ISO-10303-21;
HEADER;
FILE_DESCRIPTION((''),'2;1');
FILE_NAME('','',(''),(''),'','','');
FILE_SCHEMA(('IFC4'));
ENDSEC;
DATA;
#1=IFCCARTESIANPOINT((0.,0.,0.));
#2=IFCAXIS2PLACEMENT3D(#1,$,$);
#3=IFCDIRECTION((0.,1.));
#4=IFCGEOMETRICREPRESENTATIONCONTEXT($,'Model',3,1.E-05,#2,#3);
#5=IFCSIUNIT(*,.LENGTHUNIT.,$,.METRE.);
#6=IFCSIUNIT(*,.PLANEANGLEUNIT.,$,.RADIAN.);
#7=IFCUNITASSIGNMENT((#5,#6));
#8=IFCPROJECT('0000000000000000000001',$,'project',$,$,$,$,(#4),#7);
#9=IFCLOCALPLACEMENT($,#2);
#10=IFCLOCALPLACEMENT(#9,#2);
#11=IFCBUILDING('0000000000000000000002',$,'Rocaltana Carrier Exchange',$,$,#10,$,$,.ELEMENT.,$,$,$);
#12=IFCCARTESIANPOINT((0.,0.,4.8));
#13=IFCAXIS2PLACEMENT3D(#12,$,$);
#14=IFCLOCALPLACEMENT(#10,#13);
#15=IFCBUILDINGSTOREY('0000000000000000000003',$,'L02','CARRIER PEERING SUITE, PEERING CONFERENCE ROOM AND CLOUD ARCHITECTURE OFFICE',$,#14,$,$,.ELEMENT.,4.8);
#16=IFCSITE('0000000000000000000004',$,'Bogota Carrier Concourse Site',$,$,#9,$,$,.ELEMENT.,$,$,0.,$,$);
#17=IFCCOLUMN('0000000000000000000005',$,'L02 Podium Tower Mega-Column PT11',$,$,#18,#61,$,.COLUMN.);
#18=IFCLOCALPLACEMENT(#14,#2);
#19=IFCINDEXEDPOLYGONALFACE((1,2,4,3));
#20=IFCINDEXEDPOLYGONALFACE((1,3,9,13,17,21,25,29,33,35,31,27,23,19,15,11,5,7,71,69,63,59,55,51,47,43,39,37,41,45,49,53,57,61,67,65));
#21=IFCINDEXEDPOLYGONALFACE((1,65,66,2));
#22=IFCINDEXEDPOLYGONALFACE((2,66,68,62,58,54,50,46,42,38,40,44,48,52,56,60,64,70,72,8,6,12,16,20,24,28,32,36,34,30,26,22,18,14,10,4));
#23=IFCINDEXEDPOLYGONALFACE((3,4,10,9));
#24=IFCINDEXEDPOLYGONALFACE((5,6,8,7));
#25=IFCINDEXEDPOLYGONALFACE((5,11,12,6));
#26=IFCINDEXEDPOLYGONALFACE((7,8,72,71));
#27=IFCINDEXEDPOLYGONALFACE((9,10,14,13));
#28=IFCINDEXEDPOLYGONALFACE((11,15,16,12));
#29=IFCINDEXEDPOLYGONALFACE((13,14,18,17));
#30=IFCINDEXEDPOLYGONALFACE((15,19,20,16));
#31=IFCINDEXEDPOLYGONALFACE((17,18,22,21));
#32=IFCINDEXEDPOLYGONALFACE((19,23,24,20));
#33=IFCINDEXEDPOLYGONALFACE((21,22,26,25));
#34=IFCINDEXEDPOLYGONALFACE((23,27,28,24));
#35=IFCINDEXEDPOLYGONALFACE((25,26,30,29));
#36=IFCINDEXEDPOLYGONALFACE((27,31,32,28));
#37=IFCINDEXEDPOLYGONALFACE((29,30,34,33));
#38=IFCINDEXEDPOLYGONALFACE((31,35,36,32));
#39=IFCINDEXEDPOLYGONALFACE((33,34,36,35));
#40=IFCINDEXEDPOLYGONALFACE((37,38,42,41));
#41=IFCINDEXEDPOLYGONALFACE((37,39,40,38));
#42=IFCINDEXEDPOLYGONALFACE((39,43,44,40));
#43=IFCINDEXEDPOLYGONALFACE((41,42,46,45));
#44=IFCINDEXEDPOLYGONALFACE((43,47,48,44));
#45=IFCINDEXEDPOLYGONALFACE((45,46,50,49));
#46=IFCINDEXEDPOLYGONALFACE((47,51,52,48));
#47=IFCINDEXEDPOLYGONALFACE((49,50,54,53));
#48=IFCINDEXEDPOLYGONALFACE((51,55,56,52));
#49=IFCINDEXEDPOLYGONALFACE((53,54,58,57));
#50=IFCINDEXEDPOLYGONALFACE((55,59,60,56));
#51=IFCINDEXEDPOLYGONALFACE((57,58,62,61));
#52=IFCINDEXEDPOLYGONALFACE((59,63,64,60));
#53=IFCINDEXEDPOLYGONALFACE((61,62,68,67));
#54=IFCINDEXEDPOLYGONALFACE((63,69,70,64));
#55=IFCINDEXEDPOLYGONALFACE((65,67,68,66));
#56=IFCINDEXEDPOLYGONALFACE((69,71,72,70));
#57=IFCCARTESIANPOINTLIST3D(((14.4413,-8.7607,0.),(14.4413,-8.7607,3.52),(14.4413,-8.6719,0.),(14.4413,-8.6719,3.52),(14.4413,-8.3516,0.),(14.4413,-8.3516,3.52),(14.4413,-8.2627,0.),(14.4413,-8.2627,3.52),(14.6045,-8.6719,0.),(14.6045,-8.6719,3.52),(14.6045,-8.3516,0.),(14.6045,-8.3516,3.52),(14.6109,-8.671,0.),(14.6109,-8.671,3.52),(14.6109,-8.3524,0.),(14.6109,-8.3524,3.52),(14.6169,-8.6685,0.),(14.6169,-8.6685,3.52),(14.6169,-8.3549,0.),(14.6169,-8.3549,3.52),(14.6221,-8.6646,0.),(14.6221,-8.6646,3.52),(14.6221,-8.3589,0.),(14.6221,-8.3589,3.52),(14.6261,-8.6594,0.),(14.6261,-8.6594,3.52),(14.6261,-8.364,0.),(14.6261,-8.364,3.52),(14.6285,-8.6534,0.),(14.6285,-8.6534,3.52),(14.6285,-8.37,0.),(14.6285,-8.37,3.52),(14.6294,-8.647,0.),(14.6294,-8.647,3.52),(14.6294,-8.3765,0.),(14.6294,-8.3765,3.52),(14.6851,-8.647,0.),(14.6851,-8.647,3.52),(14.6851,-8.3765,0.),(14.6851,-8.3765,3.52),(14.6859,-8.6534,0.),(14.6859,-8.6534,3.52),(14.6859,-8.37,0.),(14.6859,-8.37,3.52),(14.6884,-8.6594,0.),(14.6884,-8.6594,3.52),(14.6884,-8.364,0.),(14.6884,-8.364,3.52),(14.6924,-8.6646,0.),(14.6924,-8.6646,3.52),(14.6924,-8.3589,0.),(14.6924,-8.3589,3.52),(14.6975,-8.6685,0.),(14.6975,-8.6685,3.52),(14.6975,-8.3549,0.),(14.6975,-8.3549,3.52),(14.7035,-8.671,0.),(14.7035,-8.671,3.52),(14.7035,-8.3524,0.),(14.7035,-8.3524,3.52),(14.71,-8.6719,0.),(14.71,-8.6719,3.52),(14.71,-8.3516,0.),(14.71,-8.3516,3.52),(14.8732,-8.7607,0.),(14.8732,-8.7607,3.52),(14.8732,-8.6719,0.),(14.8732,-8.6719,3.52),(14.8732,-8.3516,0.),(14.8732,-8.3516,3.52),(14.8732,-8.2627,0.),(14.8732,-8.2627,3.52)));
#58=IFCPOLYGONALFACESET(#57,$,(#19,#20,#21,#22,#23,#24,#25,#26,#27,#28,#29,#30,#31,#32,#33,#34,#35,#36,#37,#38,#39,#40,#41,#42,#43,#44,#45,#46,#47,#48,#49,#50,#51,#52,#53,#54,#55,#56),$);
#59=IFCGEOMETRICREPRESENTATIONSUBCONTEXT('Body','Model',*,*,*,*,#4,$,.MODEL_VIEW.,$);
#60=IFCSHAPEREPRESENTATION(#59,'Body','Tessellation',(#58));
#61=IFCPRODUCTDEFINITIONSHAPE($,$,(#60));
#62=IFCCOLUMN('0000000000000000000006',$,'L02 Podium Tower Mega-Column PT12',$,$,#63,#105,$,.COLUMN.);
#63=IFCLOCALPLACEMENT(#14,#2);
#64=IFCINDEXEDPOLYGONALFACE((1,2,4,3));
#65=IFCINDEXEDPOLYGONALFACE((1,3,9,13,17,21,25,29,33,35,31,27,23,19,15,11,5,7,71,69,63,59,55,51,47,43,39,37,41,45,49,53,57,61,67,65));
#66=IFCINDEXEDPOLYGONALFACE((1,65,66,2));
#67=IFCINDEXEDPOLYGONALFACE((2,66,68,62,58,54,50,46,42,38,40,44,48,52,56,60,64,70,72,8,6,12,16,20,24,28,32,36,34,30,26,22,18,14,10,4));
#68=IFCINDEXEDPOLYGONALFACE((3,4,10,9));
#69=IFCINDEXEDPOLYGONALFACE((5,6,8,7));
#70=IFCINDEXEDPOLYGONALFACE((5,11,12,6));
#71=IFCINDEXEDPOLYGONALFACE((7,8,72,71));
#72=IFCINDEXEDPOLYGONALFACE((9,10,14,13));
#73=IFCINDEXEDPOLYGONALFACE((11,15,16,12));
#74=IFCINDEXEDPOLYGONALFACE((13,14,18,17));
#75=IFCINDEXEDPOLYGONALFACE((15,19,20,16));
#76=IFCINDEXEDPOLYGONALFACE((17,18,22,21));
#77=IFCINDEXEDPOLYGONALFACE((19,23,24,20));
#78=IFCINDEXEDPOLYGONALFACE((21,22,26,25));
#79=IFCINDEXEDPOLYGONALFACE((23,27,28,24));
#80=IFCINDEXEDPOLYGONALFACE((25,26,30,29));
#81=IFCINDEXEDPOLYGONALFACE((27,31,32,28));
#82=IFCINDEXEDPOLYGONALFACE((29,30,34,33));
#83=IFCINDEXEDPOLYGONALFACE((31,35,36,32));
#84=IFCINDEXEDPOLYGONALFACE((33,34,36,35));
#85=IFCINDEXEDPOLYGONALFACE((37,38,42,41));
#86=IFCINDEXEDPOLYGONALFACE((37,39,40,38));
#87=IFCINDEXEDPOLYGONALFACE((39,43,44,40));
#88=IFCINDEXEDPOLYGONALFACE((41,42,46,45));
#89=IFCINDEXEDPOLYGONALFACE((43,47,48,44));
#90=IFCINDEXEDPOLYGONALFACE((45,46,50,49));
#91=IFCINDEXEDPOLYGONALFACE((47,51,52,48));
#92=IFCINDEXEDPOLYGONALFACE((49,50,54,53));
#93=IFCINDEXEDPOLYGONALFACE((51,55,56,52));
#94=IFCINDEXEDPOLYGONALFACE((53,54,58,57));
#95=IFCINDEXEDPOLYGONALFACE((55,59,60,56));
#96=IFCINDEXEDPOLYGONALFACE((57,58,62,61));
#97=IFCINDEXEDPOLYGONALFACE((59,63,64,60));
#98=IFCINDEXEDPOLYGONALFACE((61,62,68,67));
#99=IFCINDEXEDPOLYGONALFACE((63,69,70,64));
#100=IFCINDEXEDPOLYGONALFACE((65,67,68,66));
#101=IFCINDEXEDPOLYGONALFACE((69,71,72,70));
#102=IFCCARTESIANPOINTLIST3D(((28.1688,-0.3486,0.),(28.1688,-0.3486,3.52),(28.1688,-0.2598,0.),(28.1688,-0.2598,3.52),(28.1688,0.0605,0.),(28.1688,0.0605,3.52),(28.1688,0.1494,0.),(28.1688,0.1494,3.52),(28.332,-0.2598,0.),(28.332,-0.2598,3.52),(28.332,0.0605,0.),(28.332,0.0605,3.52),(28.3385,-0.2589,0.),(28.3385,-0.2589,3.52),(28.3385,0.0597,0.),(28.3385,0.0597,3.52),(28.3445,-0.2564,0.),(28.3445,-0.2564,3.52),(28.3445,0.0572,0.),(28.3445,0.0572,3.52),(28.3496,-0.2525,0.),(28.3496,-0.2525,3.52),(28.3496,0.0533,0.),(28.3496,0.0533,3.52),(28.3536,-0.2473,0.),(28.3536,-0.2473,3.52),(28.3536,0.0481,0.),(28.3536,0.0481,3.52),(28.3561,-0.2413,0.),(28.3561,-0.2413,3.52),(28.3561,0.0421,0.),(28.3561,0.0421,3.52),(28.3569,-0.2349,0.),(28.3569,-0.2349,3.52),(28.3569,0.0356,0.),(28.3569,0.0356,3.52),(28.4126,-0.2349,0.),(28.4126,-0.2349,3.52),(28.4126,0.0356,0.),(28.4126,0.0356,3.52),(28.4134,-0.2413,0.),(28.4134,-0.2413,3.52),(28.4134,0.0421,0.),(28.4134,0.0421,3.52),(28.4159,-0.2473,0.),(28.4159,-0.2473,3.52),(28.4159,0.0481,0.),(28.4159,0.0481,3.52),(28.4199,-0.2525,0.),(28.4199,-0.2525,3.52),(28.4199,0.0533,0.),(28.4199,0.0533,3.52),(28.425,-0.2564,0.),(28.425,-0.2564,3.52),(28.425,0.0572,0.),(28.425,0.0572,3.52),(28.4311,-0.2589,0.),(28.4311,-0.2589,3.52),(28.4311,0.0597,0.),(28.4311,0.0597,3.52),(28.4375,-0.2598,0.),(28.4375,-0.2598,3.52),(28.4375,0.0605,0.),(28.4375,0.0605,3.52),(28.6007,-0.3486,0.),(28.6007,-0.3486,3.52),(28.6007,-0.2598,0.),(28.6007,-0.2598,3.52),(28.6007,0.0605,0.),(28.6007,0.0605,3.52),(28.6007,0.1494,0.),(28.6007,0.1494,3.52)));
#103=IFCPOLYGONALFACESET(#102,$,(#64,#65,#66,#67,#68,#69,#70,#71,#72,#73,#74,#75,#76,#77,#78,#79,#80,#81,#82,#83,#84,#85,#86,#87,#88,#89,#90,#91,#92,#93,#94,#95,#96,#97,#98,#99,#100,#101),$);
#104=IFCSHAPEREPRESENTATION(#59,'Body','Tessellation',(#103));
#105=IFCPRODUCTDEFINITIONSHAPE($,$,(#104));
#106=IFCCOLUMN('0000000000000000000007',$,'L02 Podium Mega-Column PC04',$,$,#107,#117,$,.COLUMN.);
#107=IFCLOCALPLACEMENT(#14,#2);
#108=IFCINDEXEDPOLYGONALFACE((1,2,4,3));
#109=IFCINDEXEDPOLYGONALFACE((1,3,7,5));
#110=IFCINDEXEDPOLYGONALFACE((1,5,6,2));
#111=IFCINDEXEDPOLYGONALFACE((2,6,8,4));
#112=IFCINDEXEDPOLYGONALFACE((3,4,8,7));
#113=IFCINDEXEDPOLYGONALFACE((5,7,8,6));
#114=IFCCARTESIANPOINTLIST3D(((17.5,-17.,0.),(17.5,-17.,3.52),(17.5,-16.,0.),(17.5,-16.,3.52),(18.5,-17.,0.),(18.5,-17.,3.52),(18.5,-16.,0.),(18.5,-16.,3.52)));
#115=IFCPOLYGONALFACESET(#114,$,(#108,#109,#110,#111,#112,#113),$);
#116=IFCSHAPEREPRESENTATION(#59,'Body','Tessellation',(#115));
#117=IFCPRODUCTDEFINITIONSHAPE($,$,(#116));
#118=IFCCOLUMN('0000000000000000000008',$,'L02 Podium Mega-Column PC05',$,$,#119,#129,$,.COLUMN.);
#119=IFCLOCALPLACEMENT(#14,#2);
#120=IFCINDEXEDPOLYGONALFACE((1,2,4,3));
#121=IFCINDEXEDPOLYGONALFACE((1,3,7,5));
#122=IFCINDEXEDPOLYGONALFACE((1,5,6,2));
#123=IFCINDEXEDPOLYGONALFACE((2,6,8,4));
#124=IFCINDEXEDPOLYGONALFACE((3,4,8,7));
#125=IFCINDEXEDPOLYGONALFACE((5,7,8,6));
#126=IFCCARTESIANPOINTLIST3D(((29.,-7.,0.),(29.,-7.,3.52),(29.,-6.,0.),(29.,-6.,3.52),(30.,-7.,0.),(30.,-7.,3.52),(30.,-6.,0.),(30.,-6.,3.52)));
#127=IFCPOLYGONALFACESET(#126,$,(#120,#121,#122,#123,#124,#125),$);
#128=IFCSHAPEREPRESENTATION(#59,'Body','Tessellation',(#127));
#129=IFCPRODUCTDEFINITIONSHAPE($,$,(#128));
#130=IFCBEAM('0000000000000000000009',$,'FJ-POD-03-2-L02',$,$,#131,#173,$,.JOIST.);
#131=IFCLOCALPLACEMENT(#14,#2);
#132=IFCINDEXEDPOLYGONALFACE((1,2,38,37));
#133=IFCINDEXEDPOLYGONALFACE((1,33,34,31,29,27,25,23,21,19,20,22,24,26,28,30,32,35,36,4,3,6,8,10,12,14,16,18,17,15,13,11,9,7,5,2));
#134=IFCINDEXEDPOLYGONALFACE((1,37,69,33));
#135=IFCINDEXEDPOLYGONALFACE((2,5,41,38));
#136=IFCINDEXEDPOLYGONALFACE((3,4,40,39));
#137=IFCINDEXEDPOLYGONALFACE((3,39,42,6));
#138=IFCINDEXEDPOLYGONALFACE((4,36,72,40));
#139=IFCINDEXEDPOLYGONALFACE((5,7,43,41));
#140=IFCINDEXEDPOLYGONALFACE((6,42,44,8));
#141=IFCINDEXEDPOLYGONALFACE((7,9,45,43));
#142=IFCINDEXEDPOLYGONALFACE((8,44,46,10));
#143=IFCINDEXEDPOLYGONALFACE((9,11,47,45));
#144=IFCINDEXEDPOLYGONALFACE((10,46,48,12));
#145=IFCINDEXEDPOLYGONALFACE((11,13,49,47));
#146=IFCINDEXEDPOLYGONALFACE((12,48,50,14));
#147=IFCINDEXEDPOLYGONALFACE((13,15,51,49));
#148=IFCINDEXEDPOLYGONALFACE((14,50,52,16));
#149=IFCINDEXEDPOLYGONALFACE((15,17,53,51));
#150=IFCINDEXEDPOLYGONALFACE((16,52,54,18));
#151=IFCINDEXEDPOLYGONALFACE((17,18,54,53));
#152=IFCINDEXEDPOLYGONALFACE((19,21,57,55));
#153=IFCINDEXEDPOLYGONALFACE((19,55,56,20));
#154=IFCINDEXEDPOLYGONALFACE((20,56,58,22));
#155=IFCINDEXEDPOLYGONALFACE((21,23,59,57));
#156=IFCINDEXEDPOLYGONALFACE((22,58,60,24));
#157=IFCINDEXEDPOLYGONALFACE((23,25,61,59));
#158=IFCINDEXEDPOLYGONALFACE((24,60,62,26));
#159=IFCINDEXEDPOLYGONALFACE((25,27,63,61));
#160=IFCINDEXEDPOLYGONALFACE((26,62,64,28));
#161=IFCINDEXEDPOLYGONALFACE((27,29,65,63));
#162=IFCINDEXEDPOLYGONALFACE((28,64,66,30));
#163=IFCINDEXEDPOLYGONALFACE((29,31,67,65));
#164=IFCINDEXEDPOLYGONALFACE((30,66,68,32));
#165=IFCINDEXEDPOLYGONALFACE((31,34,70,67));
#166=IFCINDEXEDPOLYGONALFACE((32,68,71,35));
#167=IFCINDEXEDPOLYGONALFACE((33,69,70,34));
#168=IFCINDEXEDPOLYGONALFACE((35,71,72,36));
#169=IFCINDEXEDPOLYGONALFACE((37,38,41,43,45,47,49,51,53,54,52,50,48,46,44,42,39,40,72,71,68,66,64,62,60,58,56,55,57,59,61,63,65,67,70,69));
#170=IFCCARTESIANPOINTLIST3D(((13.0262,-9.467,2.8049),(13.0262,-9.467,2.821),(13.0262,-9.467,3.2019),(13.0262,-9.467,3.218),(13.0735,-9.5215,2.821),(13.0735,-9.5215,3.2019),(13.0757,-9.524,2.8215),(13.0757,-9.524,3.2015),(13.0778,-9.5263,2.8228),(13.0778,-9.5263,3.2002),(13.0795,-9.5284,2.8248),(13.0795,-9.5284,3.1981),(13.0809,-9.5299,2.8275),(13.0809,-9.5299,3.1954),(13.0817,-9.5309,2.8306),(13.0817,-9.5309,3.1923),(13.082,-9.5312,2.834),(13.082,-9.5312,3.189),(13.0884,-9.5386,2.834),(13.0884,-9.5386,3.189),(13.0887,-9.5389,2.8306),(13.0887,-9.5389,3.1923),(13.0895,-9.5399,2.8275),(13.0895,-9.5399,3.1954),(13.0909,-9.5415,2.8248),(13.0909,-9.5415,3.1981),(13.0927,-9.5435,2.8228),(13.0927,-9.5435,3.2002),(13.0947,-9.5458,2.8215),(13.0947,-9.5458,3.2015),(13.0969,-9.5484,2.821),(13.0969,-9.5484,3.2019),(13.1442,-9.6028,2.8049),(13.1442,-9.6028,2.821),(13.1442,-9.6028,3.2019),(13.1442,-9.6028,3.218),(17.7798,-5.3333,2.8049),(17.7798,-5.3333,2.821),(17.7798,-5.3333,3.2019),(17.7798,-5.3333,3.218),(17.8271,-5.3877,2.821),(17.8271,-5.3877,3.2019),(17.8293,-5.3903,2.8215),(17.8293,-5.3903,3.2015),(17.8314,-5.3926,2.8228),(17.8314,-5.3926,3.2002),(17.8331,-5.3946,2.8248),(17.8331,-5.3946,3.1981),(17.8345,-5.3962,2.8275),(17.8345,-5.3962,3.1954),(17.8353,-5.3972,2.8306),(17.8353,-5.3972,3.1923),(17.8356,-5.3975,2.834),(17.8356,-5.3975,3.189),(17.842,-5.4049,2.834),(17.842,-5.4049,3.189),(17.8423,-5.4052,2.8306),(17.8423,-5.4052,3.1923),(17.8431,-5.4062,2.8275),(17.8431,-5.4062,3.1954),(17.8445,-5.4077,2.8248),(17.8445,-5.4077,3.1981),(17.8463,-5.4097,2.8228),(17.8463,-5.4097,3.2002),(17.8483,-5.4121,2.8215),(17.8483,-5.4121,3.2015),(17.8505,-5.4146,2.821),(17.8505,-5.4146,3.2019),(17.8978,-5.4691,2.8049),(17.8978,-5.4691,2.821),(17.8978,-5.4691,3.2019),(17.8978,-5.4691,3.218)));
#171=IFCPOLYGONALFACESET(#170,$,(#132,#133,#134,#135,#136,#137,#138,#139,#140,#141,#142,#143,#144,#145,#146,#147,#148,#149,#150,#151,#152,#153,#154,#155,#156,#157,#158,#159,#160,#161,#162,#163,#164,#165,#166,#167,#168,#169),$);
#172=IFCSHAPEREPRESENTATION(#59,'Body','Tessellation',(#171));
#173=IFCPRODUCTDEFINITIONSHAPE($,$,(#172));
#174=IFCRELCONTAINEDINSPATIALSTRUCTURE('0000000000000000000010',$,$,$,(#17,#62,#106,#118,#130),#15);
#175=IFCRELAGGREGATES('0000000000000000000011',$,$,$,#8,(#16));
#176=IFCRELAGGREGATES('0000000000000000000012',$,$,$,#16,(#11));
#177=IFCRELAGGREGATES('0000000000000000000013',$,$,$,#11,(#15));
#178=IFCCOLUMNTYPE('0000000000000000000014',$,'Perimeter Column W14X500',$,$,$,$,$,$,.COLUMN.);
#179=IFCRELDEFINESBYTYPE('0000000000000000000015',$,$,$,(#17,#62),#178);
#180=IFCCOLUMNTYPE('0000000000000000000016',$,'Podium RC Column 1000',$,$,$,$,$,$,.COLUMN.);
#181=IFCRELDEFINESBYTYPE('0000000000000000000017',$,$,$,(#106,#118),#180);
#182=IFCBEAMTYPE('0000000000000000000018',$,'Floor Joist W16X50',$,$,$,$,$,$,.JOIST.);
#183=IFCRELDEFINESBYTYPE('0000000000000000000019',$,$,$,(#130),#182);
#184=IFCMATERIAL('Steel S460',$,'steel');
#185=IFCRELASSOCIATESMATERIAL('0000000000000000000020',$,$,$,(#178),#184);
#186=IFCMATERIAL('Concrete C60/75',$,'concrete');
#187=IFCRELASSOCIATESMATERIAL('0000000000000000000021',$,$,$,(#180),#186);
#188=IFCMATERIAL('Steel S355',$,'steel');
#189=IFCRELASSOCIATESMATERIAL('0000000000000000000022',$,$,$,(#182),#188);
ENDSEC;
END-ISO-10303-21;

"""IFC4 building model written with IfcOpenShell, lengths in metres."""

from ifc_helpers import new_model, si_unit, direction, frame, origin, origin_2d, place, context, subcontext, project, spatial, rectangle, i_section, extrude, material, material_profile, profile_set, type_object, element, save


model = new_model("IFC4")

# Units and contexts
model_context = context("Model", 3, precision=1e-05, world=origin(), true_north=direction((0.0, 1.0)))
body_context = subcontext(model_context, "Body", "Model", "MODEL_VIEW")
ifc_project = project(units=[si_unit("LENGTHUNIT", "METRE"), si_unit("PLANEANGLEUNIT", "RADIAN")], contexts=[model_context])

# Site, building, storey
site_placement = place(None, origin())
site = spatial("IfcSite", under=ifc_project, at=site_placement, Name="Bogota Carrier Concourse Site", CompositionType="ELEMENT", RefElevation=0.0)
building_placement = place(site_placement, origin())
building = spatial("IfcBuilding", under=site, at=building_placement, Name="Rocaltana Carrier Exchange", CompositionType="ELEMENT")
storey_placement = place(building_placement, frame((0.0, 0.0, 4.8)))
storey = spatial("IfcBuildingStorey", under=building, at=storey_placement, Name="L02", Description="CARRIER PEERING SUITE, PEERING CONFERENCE ROOM AND CLOUD ARCHITECTURE OFFICE", CompositionType="ELEMENT", Elevation=4.8)

# Columns
ifc_material_1 = material(Name="Steel S460", Category="steel")
ifc_material_profile_1 = material_profile(ifc_material_1, i_section(OverallWidth=0.4319, OverallDepth=0.498, WebThickness=0.0557, FlangeThickness=0.0889, FilletRadius=0.0249, at=origin_2d()), Name="W14X500")
ifc_profile_set_1 = profile_set([ifc_material_profile_1], Name="Steel S460")
column_type_1 = type_object("IfcColumnType", Name="Perimeter Column W14X500", PredefinedType="COLUMN", material=ifc_profile_set_1)
for number, where, z_axis, x_axis, name in (
    (1, (14.6572, -8.5117, 0.0), (0.0, 0.0, 1.0), (1.0, 0.0, 0.0), "L02 Podium Tower Mega-Column PT11"),
    (2, (28.3848, -0.0996, 0.0), (0.0, 0.0, 1.0), (1.0, 0.0, 0.0), "L02 Podium Tower Mega-Column PT12"),
):
    element("IfcColumn", number, at=place(storey_placement, frame(where, z_axis=z_axis, x_axis=x_axis)), inside=storey, type_object=column_type_1, Name=name, PredefinedType="COLUMN", context=body_context, shape_type="SweptSolid", body=[
        extrude(i_section(OverallWidth=0.4319, OverallDepth=0.498, WebThickness=0.0557, FlangeThickness=0.0889, FilletRadius=0.0249, at=origin_2d()), origin(), (0.0, 0.0, 1.0), 3.52),
    ])
ifc_material_2 = material(Name="Concrete C60/75", Category="concrete")
ifc_material_profile_2 = material_profile(ifc_material_2, rectangle(XDim=1.0, YDim=1.0, at=origin_2d()), Name="RC-COL-1000X1000")
ifc_profile_set_2 = profile_set([ifc_material_profile_2], Name="Concrete C60/75")
column_type_2 = type_object("IfcColumnType", Name="Podium RC Column 1000", PredefinedType="COLUMN", material=ifc_profile_set_2)
for number, where, z_axis, x_axis, name in (
    (3, (18.0, -16.5, 0.0), (0.0, 0.0, 1.0), (1.0, 0.0, 0.0), "L02 Podium Mega-Column PC04"),
    (4, (29.5, -6.5, 0.0), (0.0, 0.0, 1.0), (1.0, 0.0, 0.0), "L02 Podium Mega-Column PC05"),
):
    element("IfcColumn", number, at=place(storey_placement, frame(where, z_axis=z_axis, x_axis=x_axis)), inside=storey, type_object=column_type_2, Name=name, PredefinedType="COLUMN", context=body_context, shape_type="SweptSolid", body=[
        extrude(rectangle(XDim=1.0, YDim=1.0, at=origin_2d()), origin(), (0.0, 0.0, 1.0), 3.52),
    ])

# Beam
ifc_material_3 = material(Name="Steel S355", Category="steel")
ifc_material_profile_3 = material_profile(ifc_material_3, i_section(OverallWidth=0.1799, OverallDepth=0.4131, WebThickness=0.0098, FlangeThickness=0.0161, FilletRadius=0.0129, at=origin_2d()), Name="W16X50")
ifc_profile_set_3 = profile_set([ifc_material_profile_3], Name="Steel S355")
beam_type_1 = type_object("IfcBeamType", Name="Floor Joist W16X50", PredefinedType="JOIST", material=ifc_profile_set_3)
beam_1_placement = place(storey_placement, frame((13.0852, -9.5349, 3.0115), z_axis=(0.754592, 0.656194, 0.0), x_axis=(-0.656194, 0.754592, 0.0)))
element("IfcBeam", 5, at=beam_1_placement, inside=storey, type_object=beam_type_1, Name="FJ-POD-03-2-L02", PredefinedType="JOIST", context=body_context, shape_type="SweptSolid", body=[
    extrude(i_section(OverallWidth=0.1799, OverallDepth=0.4131, WebThickness=0.0098, FlangeThickness=0.0161, FilletRadius=0.0129, at=origin_2d()), origin(), (0.0, 0.0, 1.0), 6.2996),
])

save(model, "model.ifc")
